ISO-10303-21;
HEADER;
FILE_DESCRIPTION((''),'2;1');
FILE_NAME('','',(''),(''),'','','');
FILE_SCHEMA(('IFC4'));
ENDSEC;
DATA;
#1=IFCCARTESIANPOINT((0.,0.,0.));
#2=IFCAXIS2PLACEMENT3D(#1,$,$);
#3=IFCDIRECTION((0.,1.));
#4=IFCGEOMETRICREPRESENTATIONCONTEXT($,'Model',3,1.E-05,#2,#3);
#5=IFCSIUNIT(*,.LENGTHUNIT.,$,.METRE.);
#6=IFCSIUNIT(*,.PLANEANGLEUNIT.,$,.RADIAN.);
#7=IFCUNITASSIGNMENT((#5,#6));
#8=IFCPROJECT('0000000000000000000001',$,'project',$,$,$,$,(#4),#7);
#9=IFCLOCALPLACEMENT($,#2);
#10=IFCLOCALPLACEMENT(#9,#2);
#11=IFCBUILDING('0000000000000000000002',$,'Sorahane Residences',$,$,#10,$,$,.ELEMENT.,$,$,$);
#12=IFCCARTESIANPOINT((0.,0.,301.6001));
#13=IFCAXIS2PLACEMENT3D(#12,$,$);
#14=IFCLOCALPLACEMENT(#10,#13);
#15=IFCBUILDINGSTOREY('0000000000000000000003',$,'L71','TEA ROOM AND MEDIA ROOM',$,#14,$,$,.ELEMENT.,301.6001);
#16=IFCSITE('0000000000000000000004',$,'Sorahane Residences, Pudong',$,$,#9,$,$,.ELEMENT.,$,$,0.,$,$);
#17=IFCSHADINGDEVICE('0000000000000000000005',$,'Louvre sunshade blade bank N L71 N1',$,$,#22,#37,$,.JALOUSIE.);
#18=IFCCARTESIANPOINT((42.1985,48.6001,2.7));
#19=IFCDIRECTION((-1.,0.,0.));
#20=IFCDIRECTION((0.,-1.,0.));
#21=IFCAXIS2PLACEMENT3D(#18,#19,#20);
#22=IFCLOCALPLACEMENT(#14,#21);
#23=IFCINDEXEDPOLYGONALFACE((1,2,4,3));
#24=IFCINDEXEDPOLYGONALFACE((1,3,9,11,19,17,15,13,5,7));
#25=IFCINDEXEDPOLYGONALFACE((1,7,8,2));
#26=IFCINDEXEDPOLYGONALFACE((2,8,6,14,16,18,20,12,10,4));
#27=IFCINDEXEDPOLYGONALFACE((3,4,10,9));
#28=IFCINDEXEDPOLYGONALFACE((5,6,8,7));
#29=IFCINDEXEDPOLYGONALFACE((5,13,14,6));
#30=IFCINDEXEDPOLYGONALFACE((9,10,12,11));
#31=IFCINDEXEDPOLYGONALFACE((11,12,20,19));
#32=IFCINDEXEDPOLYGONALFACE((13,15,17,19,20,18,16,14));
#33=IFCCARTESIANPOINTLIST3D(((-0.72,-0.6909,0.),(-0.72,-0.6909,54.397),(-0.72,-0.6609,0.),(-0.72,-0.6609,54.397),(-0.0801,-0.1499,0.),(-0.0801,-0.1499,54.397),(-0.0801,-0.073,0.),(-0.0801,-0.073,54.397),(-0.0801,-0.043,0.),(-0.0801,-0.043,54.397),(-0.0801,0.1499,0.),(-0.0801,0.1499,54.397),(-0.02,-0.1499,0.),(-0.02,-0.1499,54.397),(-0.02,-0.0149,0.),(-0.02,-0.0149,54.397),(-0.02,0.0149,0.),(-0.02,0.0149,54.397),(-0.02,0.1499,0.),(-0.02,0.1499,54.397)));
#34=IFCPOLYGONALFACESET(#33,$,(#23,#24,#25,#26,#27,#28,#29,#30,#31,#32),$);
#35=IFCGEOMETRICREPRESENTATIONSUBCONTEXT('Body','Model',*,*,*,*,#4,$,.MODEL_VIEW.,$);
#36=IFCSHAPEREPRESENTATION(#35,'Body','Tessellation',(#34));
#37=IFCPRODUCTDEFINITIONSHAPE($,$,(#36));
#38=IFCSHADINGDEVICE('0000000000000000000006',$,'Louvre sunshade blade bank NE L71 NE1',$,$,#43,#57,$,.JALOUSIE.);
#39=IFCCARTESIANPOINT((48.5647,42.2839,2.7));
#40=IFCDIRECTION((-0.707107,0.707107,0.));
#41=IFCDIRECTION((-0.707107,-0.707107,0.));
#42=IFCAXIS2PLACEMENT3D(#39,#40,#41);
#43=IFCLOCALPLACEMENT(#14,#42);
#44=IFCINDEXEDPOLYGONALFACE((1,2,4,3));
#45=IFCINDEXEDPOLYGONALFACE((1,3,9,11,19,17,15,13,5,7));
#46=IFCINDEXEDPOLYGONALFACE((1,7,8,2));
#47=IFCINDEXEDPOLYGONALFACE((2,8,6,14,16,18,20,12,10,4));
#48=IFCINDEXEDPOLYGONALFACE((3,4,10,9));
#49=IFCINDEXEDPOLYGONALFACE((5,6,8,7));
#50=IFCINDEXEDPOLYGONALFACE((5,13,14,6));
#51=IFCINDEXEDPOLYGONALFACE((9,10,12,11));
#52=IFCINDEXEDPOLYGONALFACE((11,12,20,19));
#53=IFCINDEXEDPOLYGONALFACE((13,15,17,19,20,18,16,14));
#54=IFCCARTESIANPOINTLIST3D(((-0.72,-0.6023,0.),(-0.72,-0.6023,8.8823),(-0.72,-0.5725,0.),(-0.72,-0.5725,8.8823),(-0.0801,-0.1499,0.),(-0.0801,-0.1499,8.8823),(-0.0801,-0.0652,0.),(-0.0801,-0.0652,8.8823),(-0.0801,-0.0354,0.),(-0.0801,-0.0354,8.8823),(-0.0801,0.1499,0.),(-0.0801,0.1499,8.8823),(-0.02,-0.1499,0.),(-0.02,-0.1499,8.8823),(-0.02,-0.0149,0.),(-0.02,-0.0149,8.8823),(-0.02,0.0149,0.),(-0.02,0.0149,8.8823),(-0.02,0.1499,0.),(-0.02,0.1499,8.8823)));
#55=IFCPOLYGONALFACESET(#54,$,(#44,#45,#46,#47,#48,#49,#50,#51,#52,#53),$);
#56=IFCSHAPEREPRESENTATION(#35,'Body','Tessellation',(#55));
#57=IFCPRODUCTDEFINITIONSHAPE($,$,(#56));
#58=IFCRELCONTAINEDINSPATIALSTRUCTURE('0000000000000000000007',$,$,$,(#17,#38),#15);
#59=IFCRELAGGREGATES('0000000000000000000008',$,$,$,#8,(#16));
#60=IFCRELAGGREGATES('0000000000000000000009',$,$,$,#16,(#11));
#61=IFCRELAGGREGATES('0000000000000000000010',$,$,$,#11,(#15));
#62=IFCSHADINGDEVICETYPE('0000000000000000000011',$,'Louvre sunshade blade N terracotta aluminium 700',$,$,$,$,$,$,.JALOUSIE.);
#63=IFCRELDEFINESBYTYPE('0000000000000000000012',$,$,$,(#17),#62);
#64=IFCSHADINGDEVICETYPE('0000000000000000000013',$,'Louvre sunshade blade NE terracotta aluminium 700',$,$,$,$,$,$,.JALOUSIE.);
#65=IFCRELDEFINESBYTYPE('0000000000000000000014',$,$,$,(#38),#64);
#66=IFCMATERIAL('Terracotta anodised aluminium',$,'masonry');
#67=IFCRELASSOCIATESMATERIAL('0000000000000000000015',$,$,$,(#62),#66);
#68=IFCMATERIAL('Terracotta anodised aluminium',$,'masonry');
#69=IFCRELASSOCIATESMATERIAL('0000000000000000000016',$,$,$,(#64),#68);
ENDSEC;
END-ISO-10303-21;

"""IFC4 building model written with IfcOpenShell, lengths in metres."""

from ifc_helpers import new_model, si_unit, direction, frame, origin, place, context, subcontext, project, spatial, polyline, outline, extrude, material, type_object, element, save


model = new_model("IFC4")

# Units and contexts
model_context = context("Model", 3, precision=1e-05, world=origin(), true_north=direction((0.0, 1.0)))
body_context = subcontext(model_context, "Body", "Model", "MODEL_VIEW")
ifc_project = project(units=[si_unit("LENGTHUNIT", "METRE"), si_unit("PLANEANGLEUNIT", "RADIAN")], contexts=[model_context])

# Site, building, storey
site_placement = place(None, origin())
site = spatial("IfcSite", under=ifc_project, at=site_placement, Name="Sorahane Residences, Pudong", CompositionType="ELEMENT", RefElevation=0.0)
building_placement = place(site_placement, origin())
building = spatial("IfcBuilding", under=site, at=building_placement, Name="Sorahane Residences", CompositionType="ELEMENT")
storey_placement = place(building_placement, frame((0.0, 0.0, 301.6001)))
storey = spatial("IfcBuildingStorey", under=building, at=storey_placement, Name="L71", Description="TEA ROOM AND MEDIA ROOM", CompositionType="ELEMENT", Elevation=301.6001)

# Shading devices
ifc_material_1 = material(Name="Terracotta anodised aluminium", Category="masonry")
shading_device_type_1 = type_object("IfcShadingDeviceType", Name="Louvre sunshade blade N terracotta aluminium 700", PredefinedType="JALOUSIE", material=ifc_material_1)
shading_device_1_placement = place(storey_placement, frame((42.1985, 48.6001, 2.7), z_axis=(-1.0, 0.0, 0.0), x_axis=(0.0, -1.0, 0.0)))
element("IfcShadingDevice", 1, at=shading_device_1_placement, inside=storey, type_object=shading_device_type_1, Name="Louvre sunshade blade bank N L71 N1", PredefinedType="JALOUSIE", context=body_context, shape_type="SweptSolid", body=[
    extrude(outline(polyline([(-0.72, -0.6609), (-0.72, -0.6909), (-0.0801, -0.073), (-0.0801, -0.1499), (-0.02, -0.1499), (-0.02, -0.0149), (-0.02, 0.0149), (-0.02, 0.1499), (-0.0801, 0.1499), (-0.0801, -0.043), (-0.72, -0.6609)])), origin(), (0.0, 0.0, 1.0), 54.397),
])
ifc_material_2 = material(Name="Terracotta anodised aluminium", Category="masonry")
shading_device_type_2 = type_object("IfcShadingDeviceType", Name="Louvre sunshade blade NE terracotta aluminium 700", PredefinedType="JALOUSIE", material=ifc_material_2)
shading_device_2_placement = place(storey_placement, frame((48.5647, 42.2839, 2.7), z_axis=(-0.707107, 0.707107, 0.0), x_axis=(-0.707107, -0.707107, 0.0)))
element("IfcShadingDevice", 2, at=shading_device_2_placement, inside=storey, type_object=shading_device_type_2, Name="Louvre sunshade blade bank NE L71 NE1", PredefinedType="JALOUSIE", context=body_context, shape_type="SweptSolid", body=[
    extrude(outline(polyline([(-0.72, -0.5725), (-0.72, -0.6023), (-0.0801, -0.0652), (-0.0801, -0.1499), (-0.02, -0.1499), (-0.02, -0.0149), (-0.02, 0.0149), (-0.02, 0.1499), (-0.0801, 0.1499), (-0.0801, -0.0354), (-0.72, -0.5725)])), origin(), (0.0, 0.0, 1.0), 8.8823),
])

save(model, "model.ifc")
